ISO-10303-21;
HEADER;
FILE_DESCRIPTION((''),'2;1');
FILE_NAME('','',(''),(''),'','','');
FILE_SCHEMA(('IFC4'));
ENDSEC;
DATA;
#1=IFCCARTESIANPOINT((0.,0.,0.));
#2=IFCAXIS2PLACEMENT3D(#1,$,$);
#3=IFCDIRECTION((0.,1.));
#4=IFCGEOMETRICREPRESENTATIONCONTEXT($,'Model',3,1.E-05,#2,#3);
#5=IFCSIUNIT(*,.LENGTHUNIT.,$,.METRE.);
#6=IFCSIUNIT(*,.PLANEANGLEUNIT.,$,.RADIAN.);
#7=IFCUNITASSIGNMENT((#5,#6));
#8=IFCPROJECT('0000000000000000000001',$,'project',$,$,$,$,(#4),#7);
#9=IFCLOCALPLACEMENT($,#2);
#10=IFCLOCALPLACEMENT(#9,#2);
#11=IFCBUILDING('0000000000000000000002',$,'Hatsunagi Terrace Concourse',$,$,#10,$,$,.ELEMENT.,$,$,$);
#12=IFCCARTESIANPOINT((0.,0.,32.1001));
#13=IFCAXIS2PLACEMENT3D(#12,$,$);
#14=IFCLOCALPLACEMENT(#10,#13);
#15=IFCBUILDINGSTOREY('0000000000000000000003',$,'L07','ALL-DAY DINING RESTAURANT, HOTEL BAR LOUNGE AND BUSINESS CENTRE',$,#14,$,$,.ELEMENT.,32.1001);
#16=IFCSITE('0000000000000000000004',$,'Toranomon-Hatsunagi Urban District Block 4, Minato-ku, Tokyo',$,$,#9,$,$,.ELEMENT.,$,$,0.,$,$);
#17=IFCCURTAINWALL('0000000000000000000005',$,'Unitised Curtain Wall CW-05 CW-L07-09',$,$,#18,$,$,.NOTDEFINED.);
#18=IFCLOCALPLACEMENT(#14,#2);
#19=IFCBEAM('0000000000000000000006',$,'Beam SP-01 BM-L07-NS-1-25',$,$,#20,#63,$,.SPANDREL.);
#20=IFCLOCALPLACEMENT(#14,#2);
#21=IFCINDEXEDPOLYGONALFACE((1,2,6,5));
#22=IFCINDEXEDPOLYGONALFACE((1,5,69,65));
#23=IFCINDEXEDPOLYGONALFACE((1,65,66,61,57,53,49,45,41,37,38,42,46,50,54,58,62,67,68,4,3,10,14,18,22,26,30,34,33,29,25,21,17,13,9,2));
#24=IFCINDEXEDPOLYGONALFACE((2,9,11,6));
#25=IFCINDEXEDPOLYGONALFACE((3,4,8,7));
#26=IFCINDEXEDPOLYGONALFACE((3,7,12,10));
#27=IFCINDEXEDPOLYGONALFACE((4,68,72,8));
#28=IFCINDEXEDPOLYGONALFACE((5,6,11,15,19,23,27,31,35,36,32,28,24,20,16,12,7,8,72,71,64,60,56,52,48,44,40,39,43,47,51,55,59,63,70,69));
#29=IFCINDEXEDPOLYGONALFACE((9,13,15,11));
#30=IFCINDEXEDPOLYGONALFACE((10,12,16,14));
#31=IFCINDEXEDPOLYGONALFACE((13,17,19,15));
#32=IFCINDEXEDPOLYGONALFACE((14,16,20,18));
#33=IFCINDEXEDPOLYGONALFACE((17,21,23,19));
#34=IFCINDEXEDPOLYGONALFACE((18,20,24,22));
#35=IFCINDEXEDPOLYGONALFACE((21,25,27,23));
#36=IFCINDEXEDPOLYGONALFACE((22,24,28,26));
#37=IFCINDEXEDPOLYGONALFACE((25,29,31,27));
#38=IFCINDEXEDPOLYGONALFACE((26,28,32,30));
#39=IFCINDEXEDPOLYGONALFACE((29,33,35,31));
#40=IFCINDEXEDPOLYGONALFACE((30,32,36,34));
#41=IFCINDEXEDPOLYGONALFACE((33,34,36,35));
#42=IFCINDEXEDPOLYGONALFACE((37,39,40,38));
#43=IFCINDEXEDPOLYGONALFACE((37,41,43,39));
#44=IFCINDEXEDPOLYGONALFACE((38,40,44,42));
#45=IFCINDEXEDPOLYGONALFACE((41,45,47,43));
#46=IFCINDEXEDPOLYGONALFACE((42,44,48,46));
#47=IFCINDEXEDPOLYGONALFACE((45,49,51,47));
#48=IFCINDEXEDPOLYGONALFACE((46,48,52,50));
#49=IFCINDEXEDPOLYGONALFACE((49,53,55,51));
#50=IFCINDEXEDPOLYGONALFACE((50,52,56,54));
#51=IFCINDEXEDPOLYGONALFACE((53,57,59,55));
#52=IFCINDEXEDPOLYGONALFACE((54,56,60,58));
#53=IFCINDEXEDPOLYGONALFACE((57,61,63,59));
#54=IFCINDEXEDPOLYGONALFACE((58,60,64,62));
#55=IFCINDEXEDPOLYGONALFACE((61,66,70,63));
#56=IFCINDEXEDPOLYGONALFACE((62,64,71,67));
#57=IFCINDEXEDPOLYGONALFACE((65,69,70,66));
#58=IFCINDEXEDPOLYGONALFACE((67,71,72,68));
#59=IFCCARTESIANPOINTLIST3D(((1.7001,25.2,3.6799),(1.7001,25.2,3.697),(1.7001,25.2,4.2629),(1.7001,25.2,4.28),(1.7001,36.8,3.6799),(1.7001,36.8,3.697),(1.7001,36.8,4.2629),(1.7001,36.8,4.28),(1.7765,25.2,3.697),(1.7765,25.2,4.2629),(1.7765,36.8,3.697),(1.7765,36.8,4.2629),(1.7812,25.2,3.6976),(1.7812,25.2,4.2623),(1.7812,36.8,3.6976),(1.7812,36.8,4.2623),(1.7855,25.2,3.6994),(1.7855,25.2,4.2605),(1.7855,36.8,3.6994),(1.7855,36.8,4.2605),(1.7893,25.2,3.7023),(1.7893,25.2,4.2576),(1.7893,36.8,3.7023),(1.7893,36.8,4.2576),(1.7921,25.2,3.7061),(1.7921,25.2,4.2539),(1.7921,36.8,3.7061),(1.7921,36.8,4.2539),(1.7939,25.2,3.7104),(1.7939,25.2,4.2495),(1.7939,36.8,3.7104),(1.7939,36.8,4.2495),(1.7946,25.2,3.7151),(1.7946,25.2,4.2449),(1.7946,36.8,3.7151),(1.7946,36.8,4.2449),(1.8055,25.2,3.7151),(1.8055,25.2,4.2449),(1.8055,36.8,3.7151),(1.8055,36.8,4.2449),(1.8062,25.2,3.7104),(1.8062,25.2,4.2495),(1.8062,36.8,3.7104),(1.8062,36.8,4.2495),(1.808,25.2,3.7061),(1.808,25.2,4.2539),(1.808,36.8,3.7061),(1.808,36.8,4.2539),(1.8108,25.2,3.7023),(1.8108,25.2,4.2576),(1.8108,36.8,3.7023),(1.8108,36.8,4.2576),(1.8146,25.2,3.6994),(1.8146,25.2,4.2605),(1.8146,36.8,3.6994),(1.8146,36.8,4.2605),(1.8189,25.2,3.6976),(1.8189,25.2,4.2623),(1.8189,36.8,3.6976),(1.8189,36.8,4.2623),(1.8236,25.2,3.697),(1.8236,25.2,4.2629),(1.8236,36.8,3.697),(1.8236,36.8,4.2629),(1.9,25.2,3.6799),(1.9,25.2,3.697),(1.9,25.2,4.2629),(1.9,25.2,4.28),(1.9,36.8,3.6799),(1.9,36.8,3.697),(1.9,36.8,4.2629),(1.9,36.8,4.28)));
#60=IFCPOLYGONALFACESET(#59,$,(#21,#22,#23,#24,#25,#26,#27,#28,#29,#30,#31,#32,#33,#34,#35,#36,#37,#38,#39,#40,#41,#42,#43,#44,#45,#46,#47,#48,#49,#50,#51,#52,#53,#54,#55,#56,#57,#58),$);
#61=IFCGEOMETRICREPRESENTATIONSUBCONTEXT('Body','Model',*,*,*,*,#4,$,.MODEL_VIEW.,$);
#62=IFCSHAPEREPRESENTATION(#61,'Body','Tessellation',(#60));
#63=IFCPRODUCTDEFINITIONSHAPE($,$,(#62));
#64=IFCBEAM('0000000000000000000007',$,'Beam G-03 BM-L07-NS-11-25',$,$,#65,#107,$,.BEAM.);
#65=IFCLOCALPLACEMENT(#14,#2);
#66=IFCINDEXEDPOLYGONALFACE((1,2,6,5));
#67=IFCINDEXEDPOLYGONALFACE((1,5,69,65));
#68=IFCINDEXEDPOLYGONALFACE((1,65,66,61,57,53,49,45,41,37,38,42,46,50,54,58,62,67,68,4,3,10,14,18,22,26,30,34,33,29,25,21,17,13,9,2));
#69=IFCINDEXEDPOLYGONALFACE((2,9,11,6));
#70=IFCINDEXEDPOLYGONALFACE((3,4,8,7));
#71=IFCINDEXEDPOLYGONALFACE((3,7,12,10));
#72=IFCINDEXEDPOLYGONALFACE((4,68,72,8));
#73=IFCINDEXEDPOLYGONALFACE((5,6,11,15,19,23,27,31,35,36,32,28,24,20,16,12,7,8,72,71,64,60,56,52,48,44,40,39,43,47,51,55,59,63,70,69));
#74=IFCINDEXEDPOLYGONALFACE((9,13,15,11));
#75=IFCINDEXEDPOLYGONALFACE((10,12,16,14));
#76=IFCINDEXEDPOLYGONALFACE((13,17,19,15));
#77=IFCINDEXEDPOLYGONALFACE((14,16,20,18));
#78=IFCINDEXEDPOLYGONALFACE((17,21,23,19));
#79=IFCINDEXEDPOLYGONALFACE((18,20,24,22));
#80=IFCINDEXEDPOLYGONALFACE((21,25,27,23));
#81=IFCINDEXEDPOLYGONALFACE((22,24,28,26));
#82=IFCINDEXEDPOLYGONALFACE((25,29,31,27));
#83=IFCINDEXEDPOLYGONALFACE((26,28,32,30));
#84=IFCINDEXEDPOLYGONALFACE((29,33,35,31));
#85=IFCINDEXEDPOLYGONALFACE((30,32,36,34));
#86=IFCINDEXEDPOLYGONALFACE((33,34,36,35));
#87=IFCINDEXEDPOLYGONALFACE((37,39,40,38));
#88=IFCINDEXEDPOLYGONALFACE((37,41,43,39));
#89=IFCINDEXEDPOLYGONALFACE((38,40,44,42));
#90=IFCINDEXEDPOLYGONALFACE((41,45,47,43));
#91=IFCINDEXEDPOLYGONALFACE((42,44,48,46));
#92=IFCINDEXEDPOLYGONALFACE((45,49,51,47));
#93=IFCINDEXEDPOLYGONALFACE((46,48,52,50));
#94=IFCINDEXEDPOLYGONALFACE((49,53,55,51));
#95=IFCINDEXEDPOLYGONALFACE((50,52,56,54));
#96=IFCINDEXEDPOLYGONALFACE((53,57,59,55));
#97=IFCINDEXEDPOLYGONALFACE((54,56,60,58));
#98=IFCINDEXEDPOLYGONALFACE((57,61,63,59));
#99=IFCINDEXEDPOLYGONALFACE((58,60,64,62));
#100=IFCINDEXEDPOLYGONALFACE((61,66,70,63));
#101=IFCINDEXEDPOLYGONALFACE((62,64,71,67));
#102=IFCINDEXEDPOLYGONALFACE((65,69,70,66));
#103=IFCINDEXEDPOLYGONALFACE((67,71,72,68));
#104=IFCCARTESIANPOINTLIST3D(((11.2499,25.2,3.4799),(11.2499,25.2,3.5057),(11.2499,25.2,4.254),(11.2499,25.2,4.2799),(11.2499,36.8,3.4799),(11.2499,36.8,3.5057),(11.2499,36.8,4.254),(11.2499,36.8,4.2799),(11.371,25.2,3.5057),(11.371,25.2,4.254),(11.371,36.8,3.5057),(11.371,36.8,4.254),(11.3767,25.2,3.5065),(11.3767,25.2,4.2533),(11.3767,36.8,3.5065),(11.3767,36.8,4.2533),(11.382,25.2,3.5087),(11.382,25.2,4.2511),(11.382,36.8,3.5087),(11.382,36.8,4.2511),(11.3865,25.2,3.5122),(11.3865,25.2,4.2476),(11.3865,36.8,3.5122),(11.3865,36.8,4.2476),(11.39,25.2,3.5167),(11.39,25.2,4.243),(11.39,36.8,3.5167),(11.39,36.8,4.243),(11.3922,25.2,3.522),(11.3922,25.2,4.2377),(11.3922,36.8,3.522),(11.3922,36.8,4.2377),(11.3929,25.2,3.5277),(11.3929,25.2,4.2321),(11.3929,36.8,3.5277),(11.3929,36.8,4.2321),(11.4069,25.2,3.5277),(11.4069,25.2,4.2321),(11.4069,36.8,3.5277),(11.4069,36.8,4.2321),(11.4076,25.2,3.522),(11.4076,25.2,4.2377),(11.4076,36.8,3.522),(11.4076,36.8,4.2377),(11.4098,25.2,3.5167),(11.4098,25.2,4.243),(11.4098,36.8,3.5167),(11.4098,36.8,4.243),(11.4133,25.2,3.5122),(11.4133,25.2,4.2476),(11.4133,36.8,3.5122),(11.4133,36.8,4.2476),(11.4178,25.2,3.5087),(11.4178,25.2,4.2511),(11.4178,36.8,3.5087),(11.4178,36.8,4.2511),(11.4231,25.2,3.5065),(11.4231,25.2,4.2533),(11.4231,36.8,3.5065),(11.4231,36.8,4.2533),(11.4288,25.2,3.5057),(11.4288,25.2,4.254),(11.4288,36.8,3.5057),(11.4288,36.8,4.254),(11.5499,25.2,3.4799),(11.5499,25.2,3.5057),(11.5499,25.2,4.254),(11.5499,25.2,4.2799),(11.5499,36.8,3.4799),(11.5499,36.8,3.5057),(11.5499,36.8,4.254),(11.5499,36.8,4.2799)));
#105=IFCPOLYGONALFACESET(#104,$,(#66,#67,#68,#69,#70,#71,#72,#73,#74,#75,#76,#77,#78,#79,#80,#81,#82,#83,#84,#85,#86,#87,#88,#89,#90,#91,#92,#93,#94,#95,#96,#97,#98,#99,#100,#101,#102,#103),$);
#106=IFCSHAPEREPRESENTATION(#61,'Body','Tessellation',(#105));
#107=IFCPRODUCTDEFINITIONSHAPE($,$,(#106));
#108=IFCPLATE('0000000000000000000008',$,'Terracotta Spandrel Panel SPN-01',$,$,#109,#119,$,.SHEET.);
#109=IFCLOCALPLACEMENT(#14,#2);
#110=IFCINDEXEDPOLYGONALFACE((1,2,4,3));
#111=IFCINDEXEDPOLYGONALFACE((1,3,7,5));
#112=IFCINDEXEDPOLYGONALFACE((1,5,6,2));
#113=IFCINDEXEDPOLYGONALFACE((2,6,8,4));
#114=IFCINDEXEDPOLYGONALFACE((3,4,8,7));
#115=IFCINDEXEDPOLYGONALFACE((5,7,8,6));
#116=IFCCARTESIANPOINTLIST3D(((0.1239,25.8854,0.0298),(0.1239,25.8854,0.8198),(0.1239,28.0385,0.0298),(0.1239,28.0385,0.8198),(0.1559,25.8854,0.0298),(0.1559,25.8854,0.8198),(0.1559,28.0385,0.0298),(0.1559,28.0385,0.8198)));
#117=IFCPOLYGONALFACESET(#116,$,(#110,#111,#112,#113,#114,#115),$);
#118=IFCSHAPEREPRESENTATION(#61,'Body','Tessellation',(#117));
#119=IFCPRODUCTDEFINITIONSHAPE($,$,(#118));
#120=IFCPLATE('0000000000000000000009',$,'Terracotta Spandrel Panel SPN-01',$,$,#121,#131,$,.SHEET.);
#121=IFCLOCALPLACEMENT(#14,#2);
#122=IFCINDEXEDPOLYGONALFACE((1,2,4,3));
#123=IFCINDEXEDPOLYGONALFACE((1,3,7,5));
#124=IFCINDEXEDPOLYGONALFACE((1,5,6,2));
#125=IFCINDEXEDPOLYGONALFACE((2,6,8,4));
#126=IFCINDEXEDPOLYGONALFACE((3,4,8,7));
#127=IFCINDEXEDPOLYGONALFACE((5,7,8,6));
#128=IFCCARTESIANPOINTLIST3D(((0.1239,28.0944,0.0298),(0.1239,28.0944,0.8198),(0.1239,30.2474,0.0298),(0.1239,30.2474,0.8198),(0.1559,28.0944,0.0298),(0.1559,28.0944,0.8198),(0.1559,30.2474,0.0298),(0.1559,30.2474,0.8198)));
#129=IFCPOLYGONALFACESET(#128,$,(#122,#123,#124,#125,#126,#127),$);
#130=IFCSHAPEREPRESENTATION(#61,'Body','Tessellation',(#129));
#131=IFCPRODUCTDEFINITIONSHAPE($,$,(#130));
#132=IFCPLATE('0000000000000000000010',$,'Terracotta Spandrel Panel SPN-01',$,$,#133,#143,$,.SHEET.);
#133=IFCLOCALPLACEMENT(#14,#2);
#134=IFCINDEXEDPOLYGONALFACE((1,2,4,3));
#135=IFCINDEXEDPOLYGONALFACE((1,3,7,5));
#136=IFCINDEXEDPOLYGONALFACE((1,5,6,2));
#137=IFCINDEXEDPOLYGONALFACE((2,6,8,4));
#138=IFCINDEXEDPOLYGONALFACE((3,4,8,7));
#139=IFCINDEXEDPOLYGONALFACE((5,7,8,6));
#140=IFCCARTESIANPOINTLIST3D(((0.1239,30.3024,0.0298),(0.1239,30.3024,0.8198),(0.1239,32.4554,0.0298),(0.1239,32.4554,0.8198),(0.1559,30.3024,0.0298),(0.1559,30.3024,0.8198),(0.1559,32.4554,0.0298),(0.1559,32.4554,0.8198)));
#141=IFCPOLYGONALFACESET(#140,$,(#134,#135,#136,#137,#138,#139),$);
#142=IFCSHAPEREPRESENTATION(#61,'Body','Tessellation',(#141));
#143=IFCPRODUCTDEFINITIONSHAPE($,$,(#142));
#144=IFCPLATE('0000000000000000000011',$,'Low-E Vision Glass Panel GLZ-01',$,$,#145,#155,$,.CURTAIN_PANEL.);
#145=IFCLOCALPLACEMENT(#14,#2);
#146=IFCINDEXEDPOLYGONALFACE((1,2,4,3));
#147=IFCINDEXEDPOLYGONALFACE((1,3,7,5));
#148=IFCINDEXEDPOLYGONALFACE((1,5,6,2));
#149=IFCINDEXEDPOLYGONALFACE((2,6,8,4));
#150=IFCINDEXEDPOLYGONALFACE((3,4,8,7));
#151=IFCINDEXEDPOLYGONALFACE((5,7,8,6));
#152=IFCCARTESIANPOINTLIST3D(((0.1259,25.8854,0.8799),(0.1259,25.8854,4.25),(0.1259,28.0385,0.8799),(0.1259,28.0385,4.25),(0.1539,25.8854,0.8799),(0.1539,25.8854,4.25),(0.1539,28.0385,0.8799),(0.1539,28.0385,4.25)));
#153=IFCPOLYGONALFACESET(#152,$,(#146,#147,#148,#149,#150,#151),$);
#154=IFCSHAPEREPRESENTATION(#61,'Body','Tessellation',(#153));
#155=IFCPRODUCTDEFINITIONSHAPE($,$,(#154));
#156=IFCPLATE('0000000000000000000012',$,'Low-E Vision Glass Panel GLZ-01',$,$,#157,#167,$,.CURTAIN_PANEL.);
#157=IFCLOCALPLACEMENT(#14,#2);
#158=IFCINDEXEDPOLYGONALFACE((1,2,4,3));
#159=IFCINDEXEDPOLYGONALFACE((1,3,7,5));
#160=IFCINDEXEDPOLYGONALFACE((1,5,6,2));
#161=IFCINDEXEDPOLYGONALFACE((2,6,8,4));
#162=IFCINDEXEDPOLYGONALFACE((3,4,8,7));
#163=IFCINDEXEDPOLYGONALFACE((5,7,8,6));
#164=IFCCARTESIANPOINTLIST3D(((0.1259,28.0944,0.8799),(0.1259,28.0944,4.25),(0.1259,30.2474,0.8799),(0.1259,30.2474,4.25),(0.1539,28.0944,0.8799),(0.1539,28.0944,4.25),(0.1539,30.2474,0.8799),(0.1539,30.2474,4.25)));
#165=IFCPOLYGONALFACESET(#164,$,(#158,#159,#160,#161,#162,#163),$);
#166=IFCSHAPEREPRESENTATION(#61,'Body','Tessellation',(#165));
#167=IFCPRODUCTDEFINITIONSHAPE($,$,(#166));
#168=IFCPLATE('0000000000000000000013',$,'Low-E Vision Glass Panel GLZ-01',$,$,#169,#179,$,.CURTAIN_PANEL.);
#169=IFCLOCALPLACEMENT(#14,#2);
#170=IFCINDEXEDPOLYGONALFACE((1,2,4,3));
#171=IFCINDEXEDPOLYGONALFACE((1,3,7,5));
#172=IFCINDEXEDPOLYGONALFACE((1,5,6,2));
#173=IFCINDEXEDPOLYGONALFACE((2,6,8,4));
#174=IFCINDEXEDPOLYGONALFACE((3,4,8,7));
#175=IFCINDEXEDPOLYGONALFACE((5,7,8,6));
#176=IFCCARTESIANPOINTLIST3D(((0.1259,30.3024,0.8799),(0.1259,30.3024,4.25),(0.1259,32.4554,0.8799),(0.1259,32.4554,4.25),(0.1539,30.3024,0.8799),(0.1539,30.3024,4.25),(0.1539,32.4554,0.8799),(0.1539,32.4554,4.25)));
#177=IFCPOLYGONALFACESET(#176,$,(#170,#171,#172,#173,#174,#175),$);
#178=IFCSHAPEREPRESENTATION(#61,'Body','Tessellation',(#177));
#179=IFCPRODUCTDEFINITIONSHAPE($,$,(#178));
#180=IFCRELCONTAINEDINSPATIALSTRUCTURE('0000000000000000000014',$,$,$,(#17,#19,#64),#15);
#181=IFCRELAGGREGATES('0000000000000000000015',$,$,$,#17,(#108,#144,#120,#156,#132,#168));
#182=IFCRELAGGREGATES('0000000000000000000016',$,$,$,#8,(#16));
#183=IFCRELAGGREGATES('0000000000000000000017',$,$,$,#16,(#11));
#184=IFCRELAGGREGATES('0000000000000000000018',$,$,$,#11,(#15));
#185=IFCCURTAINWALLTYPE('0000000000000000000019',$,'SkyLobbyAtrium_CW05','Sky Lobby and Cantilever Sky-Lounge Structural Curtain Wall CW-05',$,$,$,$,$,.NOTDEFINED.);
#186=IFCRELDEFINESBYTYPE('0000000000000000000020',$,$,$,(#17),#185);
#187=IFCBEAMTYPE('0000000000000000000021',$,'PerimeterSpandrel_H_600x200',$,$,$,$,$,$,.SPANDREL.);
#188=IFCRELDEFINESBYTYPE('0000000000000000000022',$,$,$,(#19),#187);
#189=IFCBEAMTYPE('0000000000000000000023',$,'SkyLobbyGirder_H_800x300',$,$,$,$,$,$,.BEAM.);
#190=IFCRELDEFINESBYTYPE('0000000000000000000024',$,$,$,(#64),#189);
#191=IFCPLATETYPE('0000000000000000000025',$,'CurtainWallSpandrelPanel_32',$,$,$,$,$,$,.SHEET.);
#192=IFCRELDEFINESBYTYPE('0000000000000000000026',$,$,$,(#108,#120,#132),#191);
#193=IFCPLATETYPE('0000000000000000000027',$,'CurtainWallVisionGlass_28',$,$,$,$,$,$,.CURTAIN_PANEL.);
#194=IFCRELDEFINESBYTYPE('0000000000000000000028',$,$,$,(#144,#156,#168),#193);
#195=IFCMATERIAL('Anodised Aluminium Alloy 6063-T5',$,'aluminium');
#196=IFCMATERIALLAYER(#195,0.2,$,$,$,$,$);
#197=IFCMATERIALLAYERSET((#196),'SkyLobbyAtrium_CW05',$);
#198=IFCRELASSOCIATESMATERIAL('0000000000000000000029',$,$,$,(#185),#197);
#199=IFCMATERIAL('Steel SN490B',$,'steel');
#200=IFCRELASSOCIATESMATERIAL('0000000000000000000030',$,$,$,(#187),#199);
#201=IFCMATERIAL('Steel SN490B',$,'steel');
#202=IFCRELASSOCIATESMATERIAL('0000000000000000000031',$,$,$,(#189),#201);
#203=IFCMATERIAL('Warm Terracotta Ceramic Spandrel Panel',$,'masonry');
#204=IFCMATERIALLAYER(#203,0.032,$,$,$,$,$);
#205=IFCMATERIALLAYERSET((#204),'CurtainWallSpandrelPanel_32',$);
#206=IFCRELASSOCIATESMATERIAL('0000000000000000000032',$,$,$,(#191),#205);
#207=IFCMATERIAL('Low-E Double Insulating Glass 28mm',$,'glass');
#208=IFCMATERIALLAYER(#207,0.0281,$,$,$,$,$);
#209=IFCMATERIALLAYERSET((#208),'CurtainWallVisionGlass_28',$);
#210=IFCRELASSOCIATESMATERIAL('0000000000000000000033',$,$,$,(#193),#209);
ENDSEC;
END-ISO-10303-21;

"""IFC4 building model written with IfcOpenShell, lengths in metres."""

from ifc_helpers import new_model, si_unit, direction, frame, origin, origin_2d, place, context, subcontext, project, spatial, rectangle, i_section, extrude, material, layer, layer_set, material_profile, profile_set, type_object, element, aggregate, save


model = new_model("IFC4")

# Units and contexts
model_context = context("Model", 3, precision=1e-05, world=origin(), true_north=direction((0.0, 1.0)))
body_context = subcontext(model_context, "Body", "Model", "MODEL_VIEW")
ifc_project = project(units=[si_unit("LENGTHUNIT", "METRE"), si_unit("PLANEANGLEUNIT", "RADIAN")], contexts=[model_context])

# Site, building, storey
site_placement = place(None, origin())
site = spatial("IfcSite", under=ifc_project, at=site_placement, Name="Toranomon-Hatsunagi Urban District Block 4, Minato-ku, Tokyo", CompositionType="ELEMENT", RefElevation=0.0)
building_placement = place(site_placement, origin())
building = spatial("IfcBuilding", under=site, at=building_placement, Name="Hatsunagi Terrace Concourse", CompositionType="ELEMENT")
storey_placement = place(building_placement, frame((0.0, 0.0, 32.1001)))
storey = spatial("IfcBuildingStorey", under=building, at=storey_placement, Name="L07", Description="ALL-DAY DINING RESTAURANT, HOTEL BAR LOUNGE AND BUSINESS CENTRE", CompositionType="ELEMENT", Elevation=32.1001)

# Curtain wall
ifc_material_1 = material(Name="Anodised Aluminium Alloy 6063-T5", Category="aluminium")
ifc_layer_1 = layer(ifc_material_1, 0.2)
ifc_layer_set_1 = layer_set([ifc_layer_1], Name="SkyLobbyAtrium_CW05")
curtain_wall_type = type_object("IfcCurtainWallType", Name="SkyLobbyAtrium_CW05", Description="Sky Lobby and Cantilever Sky-Lounge Structural Curtain Wall CW-05", PredefinedType="NOTDEFINED", material=ifc_layer_set_1)
curtain_wall_placement = place(storey_placement, origin())
curtain_wall = element("IfcCurtainWall", 1, at=curtain_wall_placement, inside=storey, type_object=curtain_wall_type, Name="Unitised Curtain Wall CW-05 CW-L07-09", PredefinedType="NOTDEFINED")

# Beams
ifc_material_2 = material(Name="Steel SN490B", Category="steel")
ifc_material_profile_1 = material_profile(ifc_material_2, i_section(OverallWidth=0.2, OverallDepth=0.6001, WebThickness=0.011, FlangeThickness=0.0171, FilletRadius=0.0181, at=origin_2d()), Name="H-600x200x11x17")
ifc_profile_set_1 = profile_set([ifc_material_profile_1], Name="Steel SN490B")
beam_type_1 = type_object("IfcBeamType", Name="PerimeterSpandrel_H_600x200", PredefinedType="SPANDREL", material=ifc_profile_set_1)
beam_1_placement = place(storey_placement, frame((1.8, 25.2, 3.98), z_axis=(0.0, 1.0, 0.0), x_axis=(-1.0, 0.0, 0.0)))
element("IfcBeam", 2, at=beam_1_placement, inside=storey, type_object=beam_type_1, Name="Beam SP-01 BM-L07-NS-1-25", PredefinedType="SPANDREL", context=body_context, shape_type="SweptSolid", body=[
    extrude(i_section(OverallWidth=0.2, OverallDepth=0.6001, WebThickness=0.011, FlangeThickness=0.0171, FilletRadius=0.0181, at=origin_2d()), origin(), (0.0, 0.0, 1.0), 11.6001),
])
ifc_material_3 = material(Name="Steel SN490B", Category="steel")
ifc_material_profile_2 = material_profile(ifc_material_3, i_section(OverallWidth=0.3, OverallDepth=0.8, WebThickness=0.0139, FlangeThickness=0.0259, FilletRadius=0.022, at=origin_2d()), Name="H-800x300x14x26")
ifc_profile_set_2 = profile_set([ifc_material_profile_2], Name="Steel SN490B")
beam_type_2 = type_object("IfcBeamType", Name="SkyLobbyGirder_H_800x300", PredefinedType="BEAM", material=ifc_profile_set_2)
beam_2_placement = place(storey_placement, frame((11.3999, 25.2, 3.8799), z_axis=(0.0, 1.0, 0.0), x_axis=(-1.0, 0.0, 0.0)))
element("IfcBeam", 3, at=beam_2_placement, inside=storey, type_object=beam_type_2, Name="Beam G-03 BM-L07-NS-11-25", PredefinedType="BEAM", context=body_context, shape_type="SweptSolid", body=[
    extrude(i_section(OverallWidth=0.3, OverallDepth=0.8, WebThickness=0.0139, FlangeThickness=0.0259, FilletRadius=0.022, at=origin_2d()), origin(), (0.0, 0.0, 1.0), 11.6001),
])

# Plates
ifc_material_4 = material(Name="Warm Terracotta Ceramic Spandrel Panel", Category="masonry")
ifc_layer_2 = layer(ifc_material_4, 0.032)
ifc_layer_set_2 = layer_set([ifc_layer_2], Name="CurtainWallSpandrelPanel_32")
plate_type_1 = type_object("IfcPlateType", Name="CurtainWallSpandrelPanel_32", PredefinedType="SHEET", material=ifc_layer_set_2)
plate_1_placement = place(storey_placement, frame((0.1399, 26.9619, 0.0298), z_axis=(0.0, 0.0, 1.0), x_axis=(0.0, 1.0, 0.0)))
plate_1 = element("IfcPlate", 4, at=plate_1_placement, type_object=plate_type_1, Name="Terracotta Spandrel Panel SPN-01", PredefinedType="SHEET", context=body_context, shape_type="SweptSolid", body=[
    extrude(rectangle(XDim=2.1531, YDim=0.032, at=origin_2d()), origin(), (0.0, 0.0, 1.0), 0.79),
])
plate_2_placement = place(storey_placement, frame((0.1399, 29.1709, 0.0298), z_axis=(0.0, 0.0, 1.0), x_axis=(0.0, 1.0, 0.0)))
plate_2 = element("IfcPlate", 5, at=plate_2_placement, type_object=plate_type_1, Name="Terracotta Spandrel Panel SPN-01", PredefinedType="SHEET", context=body_context, shape_type="SweptSolid", body=[
    extrude(rectangle(XDim=2.1531, YDim=0.032, at=origin_2d()), origin(), (0.0, 0.0, 1.0), 0.79),
])
plate_3_placement = place(storey_placement, frame((0.1399, 31.3789, 0.0298), z_axis=(0.0, 0.0, 1.0), x_axis=(0.0, 1.0, 0.0)))
plate_3 = element("IfcPlate", 6, at=plate_3_placement, type_object=plate_type_1, Name="Terracotta Spandrel Panel SPN-01", PredefinedType="SHEET", context=body_context, shape_type="SweptSolid", body=[
    extrude(rectangle(XDim=2.1531, YDim=0.032, at=origin_2d()), origin(), (0.0, 0.0, 1.0), 0.79),
])
ifc_material_5 = material(Name="Low-E Double Insulating Glass 28mm", Category="glass")
ifc_layer_3 = layer(ifc_material_5, 0.0281)
ifc_layer_set_3 = layer_set([ifc_layer_3], Name="CurtainWallVisionGlass_28")
plate_type_2 = type_object("IfcPlateType", Name="CurtainWallVisionGlass_28", PredefinedType="CURTAIN_PANEL", material=ifc_layer_set_3)
plate_4_placement = place(storey_placement, frame((0.1399, 26.9619, 0.8799), z_axis=(0.0, 0.0, 1.0), x_axis=(0.0, 1.0, 0.0)))
plate_4 = element("IfcPlate", 7, at=plate_4_placement, type_object=plate_type_2, Name="Low-E Vision Glass Panel GLZ-01", PredefinedType="CURTAIN_PANEL", context=body_context, shape_type="SweptSolid", body=[
    extrude(rectangle(XDim=2.1531, YDim=0.0281, at=origin_2d()), origin(), (0.0, 0.0, 1.0), 3.3701),
])
plate_5_placement = place(storey_placement, frame((0.1399, 29.1709, 0.8799), z_axis=(0.0, 0.0, 1.0), x_axis=(0.0, 1.0, 0.0)))
plate_5 = element("IfcPlate", 8, at=plate_5_placement, type_object=plate_type_2, Name="Low-E Vision Glass Panel GLZ-01", PredefinedType="CURTAIN_PANEL", context=body_context, shape_type="SweptSolid", body=[
    extrude(rectangle(XDim=2.1531, YDim=0.0281, at=origin_2d()), origin(), (0.0, 0.0, 1.0), 3.3701),
])
plate_6_placement = place(storey_placement, frame((0.1399, 31.3789, 0.8799), z_axis=(0.0, 0.0, 1.0), x_axis=(0.0, 1.0, 0.0)))
plate_6 = element("IfcPlate", 9, at=plate_6_placement, type_object=plate_type_2, Name="Low-E Vision Glass Panel GLZ-01", PredefinedType="CURTAIN_PANEL", context=body_context, shape_type="SweptSolid", body=[
    extrude(rectangle(XDim=2.1531, YDim=0.0281, at=origin_2d()), origin(), (0.0, 0.0, 1.0), 3.3701),
])
aggregate(curtain_wall, [plate_1, plate_4, plate_2, plate_5, plate_3, plate_6])

save(model, "model.ifc")
